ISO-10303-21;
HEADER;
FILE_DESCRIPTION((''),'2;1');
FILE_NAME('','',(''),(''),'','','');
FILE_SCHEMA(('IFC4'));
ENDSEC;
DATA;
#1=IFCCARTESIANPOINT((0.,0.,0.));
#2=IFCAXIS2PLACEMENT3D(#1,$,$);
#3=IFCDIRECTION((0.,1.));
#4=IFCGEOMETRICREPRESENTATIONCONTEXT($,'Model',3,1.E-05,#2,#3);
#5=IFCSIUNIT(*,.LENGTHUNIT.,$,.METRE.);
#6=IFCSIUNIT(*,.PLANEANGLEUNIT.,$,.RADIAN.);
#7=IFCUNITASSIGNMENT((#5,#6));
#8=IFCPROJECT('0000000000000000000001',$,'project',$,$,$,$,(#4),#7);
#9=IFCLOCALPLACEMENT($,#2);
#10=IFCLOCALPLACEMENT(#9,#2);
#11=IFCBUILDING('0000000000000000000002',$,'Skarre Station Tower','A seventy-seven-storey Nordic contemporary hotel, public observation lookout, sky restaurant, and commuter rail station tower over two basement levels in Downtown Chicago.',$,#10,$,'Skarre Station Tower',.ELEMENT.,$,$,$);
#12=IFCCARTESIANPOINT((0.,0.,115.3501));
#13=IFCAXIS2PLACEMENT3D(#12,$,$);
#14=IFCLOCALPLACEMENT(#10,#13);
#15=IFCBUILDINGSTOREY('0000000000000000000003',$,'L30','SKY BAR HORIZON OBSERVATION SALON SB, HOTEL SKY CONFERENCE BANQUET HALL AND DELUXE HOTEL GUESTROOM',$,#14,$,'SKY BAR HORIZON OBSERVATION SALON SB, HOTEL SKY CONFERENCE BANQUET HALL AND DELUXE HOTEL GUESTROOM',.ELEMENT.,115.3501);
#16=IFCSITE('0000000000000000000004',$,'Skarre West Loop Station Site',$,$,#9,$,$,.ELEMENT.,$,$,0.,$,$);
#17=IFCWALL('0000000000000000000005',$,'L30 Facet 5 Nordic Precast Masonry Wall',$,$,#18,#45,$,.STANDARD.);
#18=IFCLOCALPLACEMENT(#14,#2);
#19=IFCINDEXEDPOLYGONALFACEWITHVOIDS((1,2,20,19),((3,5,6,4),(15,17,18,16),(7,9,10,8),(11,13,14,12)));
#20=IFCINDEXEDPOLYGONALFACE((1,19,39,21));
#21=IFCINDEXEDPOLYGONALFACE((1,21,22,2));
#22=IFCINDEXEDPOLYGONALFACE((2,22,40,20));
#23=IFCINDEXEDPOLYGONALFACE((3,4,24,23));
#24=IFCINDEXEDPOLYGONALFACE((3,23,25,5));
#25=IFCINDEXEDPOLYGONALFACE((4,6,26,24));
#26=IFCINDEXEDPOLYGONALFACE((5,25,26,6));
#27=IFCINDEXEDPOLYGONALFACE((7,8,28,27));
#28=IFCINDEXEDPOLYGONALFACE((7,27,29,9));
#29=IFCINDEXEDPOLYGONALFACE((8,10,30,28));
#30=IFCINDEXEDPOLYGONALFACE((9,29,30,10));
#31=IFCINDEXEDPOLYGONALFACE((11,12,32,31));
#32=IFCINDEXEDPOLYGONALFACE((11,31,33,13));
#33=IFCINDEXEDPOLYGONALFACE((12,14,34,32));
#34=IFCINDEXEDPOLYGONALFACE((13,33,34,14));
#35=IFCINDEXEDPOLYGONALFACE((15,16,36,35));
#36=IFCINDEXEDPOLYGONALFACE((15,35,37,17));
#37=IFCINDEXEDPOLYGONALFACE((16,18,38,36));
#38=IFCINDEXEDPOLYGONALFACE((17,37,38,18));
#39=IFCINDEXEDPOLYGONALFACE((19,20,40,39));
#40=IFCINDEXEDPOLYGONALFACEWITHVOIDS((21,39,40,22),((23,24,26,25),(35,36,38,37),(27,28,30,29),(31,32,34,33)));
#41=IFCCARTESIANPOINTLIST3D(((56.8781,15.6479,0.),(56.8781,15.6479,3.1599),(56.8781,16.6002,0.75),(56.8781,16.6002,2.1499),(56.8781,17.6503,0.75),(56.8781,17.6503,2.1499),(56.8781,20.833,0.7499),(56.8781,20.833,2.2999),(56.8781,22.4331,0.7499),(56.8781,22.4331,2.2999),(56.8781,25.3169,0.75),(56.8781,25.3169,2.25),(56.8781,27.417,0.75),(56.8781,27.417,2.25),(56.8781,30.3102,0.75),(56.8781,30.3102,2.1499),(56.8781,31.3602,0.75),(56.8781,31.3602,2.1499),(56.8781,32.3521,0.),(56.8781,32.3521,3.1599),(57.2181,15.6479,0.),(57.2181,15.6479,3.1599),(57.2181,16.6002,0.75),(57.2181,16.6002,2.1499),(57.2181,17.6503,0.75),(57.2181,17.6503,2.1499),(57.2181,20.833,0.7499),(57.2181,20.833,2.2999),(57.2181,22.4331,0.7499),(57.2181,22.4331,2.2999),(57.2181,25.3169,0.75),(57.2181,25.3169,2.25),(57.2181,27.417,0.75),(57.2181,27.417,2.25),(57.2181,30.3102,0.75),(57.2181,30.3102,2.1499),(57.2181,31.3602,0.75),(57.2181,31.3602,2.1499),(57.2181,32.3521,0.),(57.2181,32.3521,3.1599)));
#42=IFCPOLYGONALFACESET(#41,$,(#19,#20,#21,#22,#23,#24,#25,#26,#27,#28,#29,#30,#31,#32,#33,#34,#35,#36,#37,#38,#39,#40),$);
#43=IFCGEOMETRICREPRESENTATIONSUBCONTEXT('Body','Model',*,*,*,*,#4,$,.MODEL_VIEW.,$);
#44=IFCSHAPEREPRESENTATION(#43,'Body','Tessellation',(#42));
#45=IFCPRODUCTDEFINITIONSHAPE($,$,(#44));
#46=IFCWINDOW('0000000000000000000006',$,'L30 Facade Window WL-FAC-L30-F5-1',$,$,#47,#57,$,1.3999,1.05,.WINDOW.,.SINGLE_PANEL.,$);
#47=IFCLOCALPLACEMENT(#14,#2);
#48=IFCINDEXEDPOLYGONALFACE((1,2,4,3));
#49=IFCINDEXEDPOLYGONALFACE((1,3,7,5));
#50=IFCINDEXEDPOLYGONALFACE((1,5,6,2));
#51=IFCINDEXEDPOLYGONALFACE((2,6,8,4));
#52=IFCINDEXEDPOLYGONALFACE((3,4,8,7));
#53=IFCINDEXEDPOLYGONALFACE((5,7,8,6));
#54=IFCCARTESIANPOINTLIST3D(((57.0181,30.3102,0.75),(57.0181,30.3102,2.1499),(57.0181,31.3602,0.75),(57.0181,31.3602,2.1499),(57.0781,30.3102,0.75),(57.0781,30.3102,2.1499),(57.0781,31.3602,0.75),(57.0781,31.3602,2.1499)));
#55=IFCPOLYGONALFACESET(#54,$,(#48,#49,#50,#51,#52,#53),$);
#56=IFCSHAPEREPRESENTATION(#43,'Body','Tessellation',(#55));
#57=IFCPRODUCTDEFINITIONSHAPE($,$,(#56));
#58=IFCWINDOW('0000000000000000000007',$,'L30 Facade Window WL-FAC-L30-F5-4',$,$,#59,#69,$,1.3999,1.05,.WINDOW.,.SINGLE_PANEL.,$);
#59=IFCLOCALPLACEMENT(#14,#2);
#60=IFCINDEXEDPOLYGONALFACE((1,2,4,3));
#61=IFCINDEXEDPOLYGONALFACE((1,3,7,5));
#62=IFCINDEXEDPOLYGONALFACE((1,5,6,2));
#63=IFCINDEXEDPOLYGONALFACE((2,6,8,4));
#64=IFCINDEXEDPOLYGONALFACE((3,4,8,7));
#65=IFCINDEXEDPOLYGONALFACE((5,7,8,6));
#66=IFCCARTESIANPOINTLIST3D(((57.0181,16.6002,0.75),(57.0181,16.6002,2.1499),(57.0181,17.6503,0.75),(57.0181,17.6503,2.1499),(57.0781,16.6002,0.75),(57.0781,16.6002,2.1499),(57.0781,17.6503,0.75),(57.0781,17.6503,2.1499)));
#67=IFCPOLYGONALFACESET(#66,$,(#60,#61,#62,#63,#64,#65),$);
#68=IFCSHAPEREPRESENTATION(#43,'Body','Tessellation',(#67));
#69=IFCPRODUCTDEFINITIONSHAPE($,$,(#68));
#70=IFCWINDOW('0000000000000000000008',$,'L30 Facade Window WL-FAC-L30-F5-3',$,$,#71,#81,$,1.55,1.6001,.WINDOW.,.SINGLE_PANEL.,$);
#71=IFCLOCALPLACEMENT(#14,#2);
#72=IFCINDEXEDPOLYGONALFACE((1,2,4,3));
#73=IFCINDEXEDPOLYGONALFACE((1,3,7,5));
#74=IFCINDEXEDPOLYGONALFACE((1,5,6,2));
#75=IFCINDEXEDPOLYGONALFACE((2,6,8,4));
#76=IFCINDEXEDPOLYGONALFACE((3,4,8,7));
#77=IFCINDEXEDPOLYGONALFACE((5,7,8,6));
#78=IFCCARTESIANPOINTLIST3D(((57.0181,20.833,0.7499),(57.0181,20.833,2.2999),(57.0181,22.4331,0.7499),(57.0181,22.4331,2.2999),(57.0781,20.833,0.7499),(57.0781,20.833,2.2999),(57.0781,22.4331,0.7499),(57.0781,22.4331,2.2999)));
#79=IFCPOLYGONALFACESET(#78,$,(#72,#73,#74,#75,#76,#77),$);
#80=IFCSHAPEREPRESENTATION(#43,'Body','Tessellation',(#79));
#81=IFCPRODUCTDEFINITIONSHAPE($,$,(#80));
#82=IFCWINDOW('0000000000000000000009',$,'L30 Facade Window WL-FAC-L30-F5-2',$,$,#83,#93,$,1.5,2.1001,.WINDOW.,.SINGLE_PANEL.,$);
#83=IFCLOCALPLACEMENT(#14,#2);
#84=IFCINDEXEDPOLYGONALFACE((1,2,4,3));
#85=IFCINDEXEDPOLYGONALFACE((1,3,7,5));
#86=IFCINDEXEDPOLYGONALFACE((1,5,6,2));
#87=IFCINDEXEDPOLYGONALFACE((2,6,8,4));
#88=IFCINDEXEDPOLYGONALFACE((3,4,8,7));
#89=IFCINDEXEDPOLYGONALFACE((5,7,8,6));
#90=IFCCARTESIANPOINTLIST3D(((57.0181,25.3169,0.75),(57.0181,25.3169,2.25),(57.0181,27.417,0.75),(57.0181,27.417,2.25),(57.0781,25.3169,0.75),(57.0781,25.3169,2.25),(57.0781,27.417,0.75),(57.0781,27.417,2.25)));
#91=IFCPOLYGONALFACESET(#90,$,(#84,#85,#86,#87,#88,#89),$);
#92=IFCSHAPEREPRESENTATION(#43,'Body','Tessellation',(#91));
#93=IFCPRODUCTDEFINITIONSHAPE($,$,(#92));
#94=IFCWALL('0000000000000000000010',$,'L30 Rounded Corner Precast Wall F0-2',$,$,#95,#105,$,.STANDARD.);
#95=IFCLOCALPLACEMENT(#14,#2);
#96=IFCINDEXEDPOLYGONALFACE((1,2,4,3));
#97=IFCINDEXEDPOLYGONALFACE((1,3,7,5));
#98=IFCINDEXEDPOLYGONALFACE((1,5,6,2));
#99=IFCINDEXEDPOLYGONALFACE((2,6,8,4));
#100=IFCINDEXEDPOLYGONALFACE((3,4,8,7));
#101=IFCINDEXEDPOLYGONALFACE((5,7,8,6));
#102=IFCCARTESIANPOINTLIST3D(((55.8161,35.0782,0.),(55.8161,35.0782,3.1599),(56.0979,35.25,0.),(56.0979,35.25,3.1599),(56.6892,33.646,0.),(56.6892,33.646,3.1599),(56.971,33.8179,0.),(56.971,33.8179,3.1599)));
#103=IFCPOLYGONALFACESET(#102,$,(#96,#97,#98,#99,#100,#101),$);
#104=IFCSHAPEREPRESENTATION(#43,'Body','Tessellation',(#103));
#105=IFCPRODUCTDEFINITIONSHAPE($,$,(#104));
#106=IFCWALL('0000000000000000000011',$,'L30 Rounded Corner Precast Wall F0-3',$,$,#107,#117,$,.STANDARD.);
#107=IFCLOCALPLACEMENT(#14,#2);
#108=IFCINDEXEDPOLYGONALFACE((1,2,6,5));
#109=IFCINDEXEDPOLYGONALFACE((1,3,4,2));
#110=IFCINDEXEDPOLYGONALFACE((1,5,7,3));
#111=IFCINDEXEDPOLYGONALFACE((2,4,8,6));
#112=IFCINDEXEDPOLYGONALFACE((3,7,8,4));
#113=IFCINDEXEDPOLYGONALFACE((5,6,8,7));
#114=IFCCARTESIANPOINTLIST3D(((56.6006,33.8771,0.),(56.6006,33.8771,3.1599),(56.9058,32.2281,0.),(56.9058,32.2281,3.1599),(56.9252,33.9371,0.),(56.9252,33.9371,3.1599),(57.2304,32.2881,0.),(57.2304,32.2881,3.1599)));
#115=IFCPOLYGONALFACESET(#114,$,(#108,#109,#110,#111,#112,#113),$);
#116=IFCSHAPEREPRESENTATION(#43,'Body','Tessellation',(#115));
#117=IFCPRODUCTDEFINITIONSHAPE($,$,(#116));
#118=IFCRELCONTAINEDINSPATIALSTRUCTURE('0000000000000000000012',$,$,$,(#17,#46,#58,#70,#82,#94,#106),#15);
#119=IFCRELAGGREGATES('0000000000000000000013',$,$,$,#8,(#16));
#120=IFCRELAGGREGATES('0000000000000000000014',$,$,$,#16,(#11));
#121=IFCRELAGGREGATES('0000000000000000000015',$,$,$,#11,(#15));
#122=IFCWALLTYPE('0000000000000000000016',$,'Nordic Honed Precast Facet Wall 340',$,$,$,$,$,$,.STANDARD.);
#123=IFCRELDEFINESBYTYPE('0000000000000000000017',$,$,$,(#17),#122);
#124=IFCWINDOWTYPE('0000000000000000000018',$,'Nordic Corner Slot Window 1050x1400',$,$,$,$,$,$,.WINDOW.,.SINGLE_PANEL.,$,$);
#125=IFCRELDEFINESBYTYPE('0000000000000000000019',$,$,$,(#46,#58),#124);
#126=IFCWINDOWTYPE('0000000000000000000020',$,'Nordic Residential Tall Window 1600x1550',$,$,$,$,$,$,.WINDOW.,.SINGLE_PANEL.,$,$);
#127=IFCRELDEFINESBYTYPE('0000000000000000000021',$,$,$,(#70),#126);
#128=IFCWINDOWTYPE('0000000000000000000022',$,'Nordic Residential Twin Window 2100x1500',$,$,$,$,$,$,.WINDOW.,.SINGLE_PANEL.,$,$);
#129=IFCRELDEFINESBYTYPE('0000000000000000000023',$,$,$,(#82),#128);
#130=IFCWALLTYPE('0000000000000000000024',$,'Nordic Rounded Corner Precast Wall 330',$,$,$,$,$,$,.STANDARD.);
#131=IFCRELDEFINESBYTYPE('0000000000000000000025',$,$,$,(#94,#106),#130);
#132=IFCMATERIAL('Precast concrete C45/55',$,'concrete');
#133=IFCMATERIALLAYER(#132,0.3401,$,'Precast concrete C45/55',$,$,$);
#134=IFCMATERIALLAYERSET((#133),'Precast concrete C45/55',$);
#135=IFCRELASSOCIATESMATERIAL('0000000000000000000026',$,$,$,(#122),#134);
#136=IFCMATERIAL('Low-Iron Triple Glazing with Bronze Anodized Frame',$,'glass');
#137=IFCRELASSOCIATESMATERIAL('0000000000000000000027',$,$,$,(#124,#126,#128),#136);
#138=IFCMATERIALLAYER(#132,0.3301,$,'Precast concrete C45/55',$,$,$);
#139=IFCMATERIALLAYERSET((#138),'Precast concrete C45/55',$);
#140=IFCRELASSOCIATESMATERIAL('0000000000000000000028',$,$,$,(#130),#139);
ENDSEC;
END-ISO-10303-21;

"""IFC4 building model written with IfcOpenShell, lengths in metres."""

from ifc_helpers import new_model, si_unit, direction, frame, frame_2d, origin, place, context, subcontext, project, spatial, rectangle, extrude, material, layer, layer_set, type_object, element, fill, save


model = new_model("IFC4")

# Units and contexts
model_context = context("Model", 3, precision=1e-05, world=origin(), true_north=direction((0.0, 1.0)))
body_context = subcontext(model_context, "Body", "Model", "MODEL_VIEW")
ifc_project = project(units=[si_unit("LENGTHUNIT", "METRE"), si_unit("PLANEANGLEUNIT", "RADIAN")], contexts=[model_context])

# Site, building, storey
site_placement = place(None, origin())
site = spatial("IfcSite", under=ifc_project, at=site_placement, Name="Skarre West Loop Station Site", CompositionType="ELEMENT", RefElevation=0.0)
building_placement = place(site_placement, origin())
building = spatial("IfcBuilding", under=site, at=building_placement, Name="Skarre Station Tower", Description="A seventy-seven-storey Nordic contemporary hotel, public observation lookout, sky restaurant, and commuter rail station tower over two basement levels in Downtown Chicago.", LongName="Skarre Station Tower", CompositionType="ELEMENT")
storey_placement = place(building_placement, frame((0.0, 0.0, 115.3501)))
storey = spatial("IfcBuildingStorey", under=building, at=storey_placement, Name="L30", Description="SKY BAR HORIZON OBSERVATION SALON SB, HOTEL SKY CONFERENCE BANQUET HALL AND DELUXE HOTEL GUESTROOM", LongName="SKY BAR HORIZON OBSERVATION SALON SB, HOTEL SKY CONFERENCE BANQUET HALL AND DELUXE HOTEL GUESTROOM", CompositionType="ELEMENT", Elevation=115.3501)

# Wall, openings, windows
ifc_material_1 = material(Name="Precast concrete C45/55", Category="concrete")
ifc_layer_1 = layer(ifc_material_1, 0.3401, Name="Precast concrete C45/55")
ifc_layer_set_1 = layer_set([ifc_layer_1], Name="Precast concrete C45/55")
wall_type_1 = type_object("IfcWallType", Name="Nordic Honed Precast Facet Wall 340", PredefinedType="STANDARD", material=ifc_layer_set_1)
wall_1_placement = place(storey_placement, frame((57.0481, 32.3521, 0.0), z_axis=(0.0, 0.0, 1.0), x_axis=(0.0, -1.0, 0.0)))
wall_1 = element("IfcWall", 1, at=wall_1_placement, inside=storey, type_object=wall_type_1, Name="L30 Facet 5 Nordic Precast Masonry Wall", PredefinedType="STANDARD", context=body_context, shape_type="SweptSolid", body=[
    extrude(rectangle(XDim=16.7041, YDim=0.3401, at=frame_2d((8.3521, 0.0))), origin(), (0.0, 0.0, 1.0), 3.1599),
])
opening_1_placement = place(wall_1_placement, frame((0.9919, 0.0, 0.75)))
opening_1 = element("IfcOpeningElement", 2, at=opening_1_placement, cuts=wall_1, PredefinedType="OPENING", context=body_context, shape_type="SweptSolid", body=[
    extrude(rectangle(XDim=1.05, YDim=1.3999, at=frame_2d((0.5249, 0.7))), frame((0.0, 0.1799, 0.0), z_axis=(0.0, -1.0, 0.0), x_axis=(1.0, 0.0, 0.0)), (0.0, 0.0, 1.0), 0.3601),
])
opening_2_placement = place(wall_1_placement, frame((4.9351, 0.0, 0.75)))
opening_2 = element("IfcOpeningElement", 3, at=opening_2_placement, cuts=wall_1, PredefinedType="OPENING", context=body_context, shape_type="SweptSolid", body=[
    extrude(rectangle(XDim=2.1001, YDim=1.5, at=frame_2d((1.05, 0.75))), frame((0.0, 0.1799, 0.0), z_axis=(0.0, -1.0, 0.0), x_axis=(1.0, 0.0, 0.0)), (0.0, 0.0, 1.0), 0.3601),
])
opening_3_placement = place(wall_1_placement, frame((9.9189, 0.0, 0.75)))
opening_3 = element("IfcOpeningElement", 4, at=opening_3_placement, cuts=wall_1, PredefinedType="OPENING", context=body_context, shape_type="SweptSolid", body=[
    extrude(rectangle(XDim=1.6001, YDim=1.55, at=frame_2d((0.8, 0.7749))), frame((0.0, 0.1799, 0.0), z_axis=(0.0, -1.0, 0.0), x_axis=(1.0, 0.0, 0.0)), (0.0, 0.0, 1.0), 0.3601),
])
opening_4_placement = place(wall_1_placement, frame((14.7019, 0.0, 0.75)))
opening_4 = element("IfcOpeningElement", 5, at=opening_4_placement, cuts=wall_1, PredefinedType="OPENING", context=body_context, shape_type="SweptSolid", body=[
    extrude(rectangle(XDim=1.05, YDim=1.3999, at=frame_2d((0.5249, 0.7))), frame((0.0, 0.1799, 0.0), z_axis=(0.0, -1.0, 0.0), x_axis=(1.0, 0.0, 0.0)), (0.0, 0.0, 1.0), 0.3601),
])
ifc_material_2 = material(Name="Low-Iron Triple Glazing with Bronze Anodized Frame", Category="glass")
window_type_1 = type_object("IfcWindowType", Name="Nordic Corner Slot Window 1050x1400", PartitioningType="SINGLE_PANEL", PredefinedType="WINDOW", material=ifc_material_2)
window_1_placement = place(opening_1_placement, origin())
window_1 = element("IfcWindow", 6, at=window_1_placement, inside=storey, type_object=window_type_1, Name="L30 Facade Window WL-FAC-L30-F5-1", OverallHeight=1.3999, OverallWidth=1.05, PartitioningType="SINGLE_PANEL", PredefinedType="WINDOW", context=body_context, shape_type="SweptSolid", body=[
    extrude(rectangle(XDim=1.05, YDim=1.3999, at=frame_2d((0.5249, 0.7))), frame((0.0, 0.03, 0.0), z_axis=(0.0, -1.0, 0.0), x_axis=(1.0, 0.0, 0.0)), (0.0, 0.0, 1.0), 0.0601),
])
fill(opening_1, window_1)
window_2_placement = place(opening_4_placement, origin())
window_2 = element("IfcWindow", 7, at=window_2_placement, inside=storey, type_object=window_type_1, Name="L30 Facade Window WL-FAC-L30-F5-4", OverallHeight=1.3999, OverallWidth=1.05, PartitioningType="SINGLE_PANEL", PredefinedType="WINDOW", context=body_context, shape_type="SweptSolid", body=[
    extrude(rectangle(XDim=1.05, YDim=1.3999, at=frame_2d((0.5249, 0.7))), frame((0.0, 0.03, 0.0), z_axis=(0.0, -1.0, 0.0), x_axis=(1.0, 0.0, 0.0)), (0.0, 0.0, 1.0), 0.0601),
])
fill(opening_4, window_2)
window_type_2 = type_object("IfcWindowType", Name="Nordic Residential Tall Window 1600x1550", PartitioningType="SINGLE_PANEL", PredefinedType="WINDOW", material=ifc_material_2)
window_3_placement = place(opening_3_placement, origin())
window_3 = element("IfcWindow", 8, at=window_3_placement, inside=storey, type_object=window_type_2, Name="L30 Facade Window WL-FAC-L30-F5-3", OverallHeight=1.55, OverallWidth=1.6001, PartitioningType="SINGLE_PANEL", PredefinedType="WINDOW", context=body_context, shape_type="SweptSolid", body=[
    extrude(rectangle(XDim=1.6001, YDim=1.55, at=frame_2d((0.8, 0.7749))), frame((0.0, 0.03, 0.0), z_axis=(0.0, -1.0, 0.0), x_axis=(1.0, 0.0, 0.0)), (0.0, 0.0, 1.0), 0.0601),
])
fill(opening_3, window_3)
window_type_3 = type_object("IfcWindowType", Name="Nordic Residential Twin Window 2100x1500", PartitioningType="SINGLE_PANEL", PredefinedType="WINDOW", material=ifc_material_2)
window_4_placement = place(opening_2_placement, origin())
window_4 = element("IfcWindow", 9, at=window_4_placement, inside=storey, type_object=window_type_3, Name="L30 Facade Window WL-FAC-L30-F5-2", OverallHeight=1.5, OverallWidth=2.1001, PartitioningType="SINGLE_PANEL", PredefinedType="WINDOW", context=body_context, shape_type="SweptSolid", body=[
    extrude(rectangle(XDim=2.1001, YDim=1.5, at=frame_2d((1.05, 0.75))), frame((0.0, 0.03, 0.0), z_axis=(0.0, -1.0, 0.0), x_axis=(1.0, 0.0, 0.0)), (0.0, 0.0, 1.0), 0.0601),
])
fill(opening_2, window_4)

# Walls
ifc_layer_2 = layer(ifc_material_1, 0.3301, Name="Precast concrete C45/55")
ifc_layer_set_2 = layer_set([ifc_layer_2], Name="Precast concrete C45/55")
wall_type_2 = type_object("IfcWallType", Name="Nordic Rounded Corner Precast Wall 330", PredefinedType="STANDARD", material=ifc_layer_set_2)
wall_2_placement = place(storey_placement, frame((55.957, 35.1641, 0.0), z_axis=(0.0, 0.0, 1.0), x_axis=(0.520519, -0.85385, 0.0)))
element("IfcWall", 10, at=wall_2_placement, inside=storey, type_object=wall_type_2, Name="L30 Rounded Corner Precast Wall F0-2", PredefinedType="STANDARD", context=body_context, shape_type="SweptSolid", body=[
    extrude(rectangle(XDim=1.6772, YDim=0.3301, at=frame_2d((0.8386, 0.0))), origin(), (0.0, 0.0, 1.0), 3.1599),
])
wall_3_placement = place(storey_placement, frame((56.7629, 33.907, 0.0), z_axis=(0.0, 0.0, 1.0), x_axis=(0.181985, -0.983301, 0.0)))
element("IfcWall", 11, at=wall_3_placement, inside=storey, type_object=wall_type_2, Name="L30 Rounded Corner Precast Wall F0-3", PredefinedType="STANDARD", context=body_context, shape_type="SweptSolid", body=[
    extrude(rectangle(XDim=1.677, YDim=0.3301, at=frame_2d((0.8384, 0.0))), origin(), (0.0, 0.0, 1.0), 3.1599),
])

save(model, "model.ifc")
